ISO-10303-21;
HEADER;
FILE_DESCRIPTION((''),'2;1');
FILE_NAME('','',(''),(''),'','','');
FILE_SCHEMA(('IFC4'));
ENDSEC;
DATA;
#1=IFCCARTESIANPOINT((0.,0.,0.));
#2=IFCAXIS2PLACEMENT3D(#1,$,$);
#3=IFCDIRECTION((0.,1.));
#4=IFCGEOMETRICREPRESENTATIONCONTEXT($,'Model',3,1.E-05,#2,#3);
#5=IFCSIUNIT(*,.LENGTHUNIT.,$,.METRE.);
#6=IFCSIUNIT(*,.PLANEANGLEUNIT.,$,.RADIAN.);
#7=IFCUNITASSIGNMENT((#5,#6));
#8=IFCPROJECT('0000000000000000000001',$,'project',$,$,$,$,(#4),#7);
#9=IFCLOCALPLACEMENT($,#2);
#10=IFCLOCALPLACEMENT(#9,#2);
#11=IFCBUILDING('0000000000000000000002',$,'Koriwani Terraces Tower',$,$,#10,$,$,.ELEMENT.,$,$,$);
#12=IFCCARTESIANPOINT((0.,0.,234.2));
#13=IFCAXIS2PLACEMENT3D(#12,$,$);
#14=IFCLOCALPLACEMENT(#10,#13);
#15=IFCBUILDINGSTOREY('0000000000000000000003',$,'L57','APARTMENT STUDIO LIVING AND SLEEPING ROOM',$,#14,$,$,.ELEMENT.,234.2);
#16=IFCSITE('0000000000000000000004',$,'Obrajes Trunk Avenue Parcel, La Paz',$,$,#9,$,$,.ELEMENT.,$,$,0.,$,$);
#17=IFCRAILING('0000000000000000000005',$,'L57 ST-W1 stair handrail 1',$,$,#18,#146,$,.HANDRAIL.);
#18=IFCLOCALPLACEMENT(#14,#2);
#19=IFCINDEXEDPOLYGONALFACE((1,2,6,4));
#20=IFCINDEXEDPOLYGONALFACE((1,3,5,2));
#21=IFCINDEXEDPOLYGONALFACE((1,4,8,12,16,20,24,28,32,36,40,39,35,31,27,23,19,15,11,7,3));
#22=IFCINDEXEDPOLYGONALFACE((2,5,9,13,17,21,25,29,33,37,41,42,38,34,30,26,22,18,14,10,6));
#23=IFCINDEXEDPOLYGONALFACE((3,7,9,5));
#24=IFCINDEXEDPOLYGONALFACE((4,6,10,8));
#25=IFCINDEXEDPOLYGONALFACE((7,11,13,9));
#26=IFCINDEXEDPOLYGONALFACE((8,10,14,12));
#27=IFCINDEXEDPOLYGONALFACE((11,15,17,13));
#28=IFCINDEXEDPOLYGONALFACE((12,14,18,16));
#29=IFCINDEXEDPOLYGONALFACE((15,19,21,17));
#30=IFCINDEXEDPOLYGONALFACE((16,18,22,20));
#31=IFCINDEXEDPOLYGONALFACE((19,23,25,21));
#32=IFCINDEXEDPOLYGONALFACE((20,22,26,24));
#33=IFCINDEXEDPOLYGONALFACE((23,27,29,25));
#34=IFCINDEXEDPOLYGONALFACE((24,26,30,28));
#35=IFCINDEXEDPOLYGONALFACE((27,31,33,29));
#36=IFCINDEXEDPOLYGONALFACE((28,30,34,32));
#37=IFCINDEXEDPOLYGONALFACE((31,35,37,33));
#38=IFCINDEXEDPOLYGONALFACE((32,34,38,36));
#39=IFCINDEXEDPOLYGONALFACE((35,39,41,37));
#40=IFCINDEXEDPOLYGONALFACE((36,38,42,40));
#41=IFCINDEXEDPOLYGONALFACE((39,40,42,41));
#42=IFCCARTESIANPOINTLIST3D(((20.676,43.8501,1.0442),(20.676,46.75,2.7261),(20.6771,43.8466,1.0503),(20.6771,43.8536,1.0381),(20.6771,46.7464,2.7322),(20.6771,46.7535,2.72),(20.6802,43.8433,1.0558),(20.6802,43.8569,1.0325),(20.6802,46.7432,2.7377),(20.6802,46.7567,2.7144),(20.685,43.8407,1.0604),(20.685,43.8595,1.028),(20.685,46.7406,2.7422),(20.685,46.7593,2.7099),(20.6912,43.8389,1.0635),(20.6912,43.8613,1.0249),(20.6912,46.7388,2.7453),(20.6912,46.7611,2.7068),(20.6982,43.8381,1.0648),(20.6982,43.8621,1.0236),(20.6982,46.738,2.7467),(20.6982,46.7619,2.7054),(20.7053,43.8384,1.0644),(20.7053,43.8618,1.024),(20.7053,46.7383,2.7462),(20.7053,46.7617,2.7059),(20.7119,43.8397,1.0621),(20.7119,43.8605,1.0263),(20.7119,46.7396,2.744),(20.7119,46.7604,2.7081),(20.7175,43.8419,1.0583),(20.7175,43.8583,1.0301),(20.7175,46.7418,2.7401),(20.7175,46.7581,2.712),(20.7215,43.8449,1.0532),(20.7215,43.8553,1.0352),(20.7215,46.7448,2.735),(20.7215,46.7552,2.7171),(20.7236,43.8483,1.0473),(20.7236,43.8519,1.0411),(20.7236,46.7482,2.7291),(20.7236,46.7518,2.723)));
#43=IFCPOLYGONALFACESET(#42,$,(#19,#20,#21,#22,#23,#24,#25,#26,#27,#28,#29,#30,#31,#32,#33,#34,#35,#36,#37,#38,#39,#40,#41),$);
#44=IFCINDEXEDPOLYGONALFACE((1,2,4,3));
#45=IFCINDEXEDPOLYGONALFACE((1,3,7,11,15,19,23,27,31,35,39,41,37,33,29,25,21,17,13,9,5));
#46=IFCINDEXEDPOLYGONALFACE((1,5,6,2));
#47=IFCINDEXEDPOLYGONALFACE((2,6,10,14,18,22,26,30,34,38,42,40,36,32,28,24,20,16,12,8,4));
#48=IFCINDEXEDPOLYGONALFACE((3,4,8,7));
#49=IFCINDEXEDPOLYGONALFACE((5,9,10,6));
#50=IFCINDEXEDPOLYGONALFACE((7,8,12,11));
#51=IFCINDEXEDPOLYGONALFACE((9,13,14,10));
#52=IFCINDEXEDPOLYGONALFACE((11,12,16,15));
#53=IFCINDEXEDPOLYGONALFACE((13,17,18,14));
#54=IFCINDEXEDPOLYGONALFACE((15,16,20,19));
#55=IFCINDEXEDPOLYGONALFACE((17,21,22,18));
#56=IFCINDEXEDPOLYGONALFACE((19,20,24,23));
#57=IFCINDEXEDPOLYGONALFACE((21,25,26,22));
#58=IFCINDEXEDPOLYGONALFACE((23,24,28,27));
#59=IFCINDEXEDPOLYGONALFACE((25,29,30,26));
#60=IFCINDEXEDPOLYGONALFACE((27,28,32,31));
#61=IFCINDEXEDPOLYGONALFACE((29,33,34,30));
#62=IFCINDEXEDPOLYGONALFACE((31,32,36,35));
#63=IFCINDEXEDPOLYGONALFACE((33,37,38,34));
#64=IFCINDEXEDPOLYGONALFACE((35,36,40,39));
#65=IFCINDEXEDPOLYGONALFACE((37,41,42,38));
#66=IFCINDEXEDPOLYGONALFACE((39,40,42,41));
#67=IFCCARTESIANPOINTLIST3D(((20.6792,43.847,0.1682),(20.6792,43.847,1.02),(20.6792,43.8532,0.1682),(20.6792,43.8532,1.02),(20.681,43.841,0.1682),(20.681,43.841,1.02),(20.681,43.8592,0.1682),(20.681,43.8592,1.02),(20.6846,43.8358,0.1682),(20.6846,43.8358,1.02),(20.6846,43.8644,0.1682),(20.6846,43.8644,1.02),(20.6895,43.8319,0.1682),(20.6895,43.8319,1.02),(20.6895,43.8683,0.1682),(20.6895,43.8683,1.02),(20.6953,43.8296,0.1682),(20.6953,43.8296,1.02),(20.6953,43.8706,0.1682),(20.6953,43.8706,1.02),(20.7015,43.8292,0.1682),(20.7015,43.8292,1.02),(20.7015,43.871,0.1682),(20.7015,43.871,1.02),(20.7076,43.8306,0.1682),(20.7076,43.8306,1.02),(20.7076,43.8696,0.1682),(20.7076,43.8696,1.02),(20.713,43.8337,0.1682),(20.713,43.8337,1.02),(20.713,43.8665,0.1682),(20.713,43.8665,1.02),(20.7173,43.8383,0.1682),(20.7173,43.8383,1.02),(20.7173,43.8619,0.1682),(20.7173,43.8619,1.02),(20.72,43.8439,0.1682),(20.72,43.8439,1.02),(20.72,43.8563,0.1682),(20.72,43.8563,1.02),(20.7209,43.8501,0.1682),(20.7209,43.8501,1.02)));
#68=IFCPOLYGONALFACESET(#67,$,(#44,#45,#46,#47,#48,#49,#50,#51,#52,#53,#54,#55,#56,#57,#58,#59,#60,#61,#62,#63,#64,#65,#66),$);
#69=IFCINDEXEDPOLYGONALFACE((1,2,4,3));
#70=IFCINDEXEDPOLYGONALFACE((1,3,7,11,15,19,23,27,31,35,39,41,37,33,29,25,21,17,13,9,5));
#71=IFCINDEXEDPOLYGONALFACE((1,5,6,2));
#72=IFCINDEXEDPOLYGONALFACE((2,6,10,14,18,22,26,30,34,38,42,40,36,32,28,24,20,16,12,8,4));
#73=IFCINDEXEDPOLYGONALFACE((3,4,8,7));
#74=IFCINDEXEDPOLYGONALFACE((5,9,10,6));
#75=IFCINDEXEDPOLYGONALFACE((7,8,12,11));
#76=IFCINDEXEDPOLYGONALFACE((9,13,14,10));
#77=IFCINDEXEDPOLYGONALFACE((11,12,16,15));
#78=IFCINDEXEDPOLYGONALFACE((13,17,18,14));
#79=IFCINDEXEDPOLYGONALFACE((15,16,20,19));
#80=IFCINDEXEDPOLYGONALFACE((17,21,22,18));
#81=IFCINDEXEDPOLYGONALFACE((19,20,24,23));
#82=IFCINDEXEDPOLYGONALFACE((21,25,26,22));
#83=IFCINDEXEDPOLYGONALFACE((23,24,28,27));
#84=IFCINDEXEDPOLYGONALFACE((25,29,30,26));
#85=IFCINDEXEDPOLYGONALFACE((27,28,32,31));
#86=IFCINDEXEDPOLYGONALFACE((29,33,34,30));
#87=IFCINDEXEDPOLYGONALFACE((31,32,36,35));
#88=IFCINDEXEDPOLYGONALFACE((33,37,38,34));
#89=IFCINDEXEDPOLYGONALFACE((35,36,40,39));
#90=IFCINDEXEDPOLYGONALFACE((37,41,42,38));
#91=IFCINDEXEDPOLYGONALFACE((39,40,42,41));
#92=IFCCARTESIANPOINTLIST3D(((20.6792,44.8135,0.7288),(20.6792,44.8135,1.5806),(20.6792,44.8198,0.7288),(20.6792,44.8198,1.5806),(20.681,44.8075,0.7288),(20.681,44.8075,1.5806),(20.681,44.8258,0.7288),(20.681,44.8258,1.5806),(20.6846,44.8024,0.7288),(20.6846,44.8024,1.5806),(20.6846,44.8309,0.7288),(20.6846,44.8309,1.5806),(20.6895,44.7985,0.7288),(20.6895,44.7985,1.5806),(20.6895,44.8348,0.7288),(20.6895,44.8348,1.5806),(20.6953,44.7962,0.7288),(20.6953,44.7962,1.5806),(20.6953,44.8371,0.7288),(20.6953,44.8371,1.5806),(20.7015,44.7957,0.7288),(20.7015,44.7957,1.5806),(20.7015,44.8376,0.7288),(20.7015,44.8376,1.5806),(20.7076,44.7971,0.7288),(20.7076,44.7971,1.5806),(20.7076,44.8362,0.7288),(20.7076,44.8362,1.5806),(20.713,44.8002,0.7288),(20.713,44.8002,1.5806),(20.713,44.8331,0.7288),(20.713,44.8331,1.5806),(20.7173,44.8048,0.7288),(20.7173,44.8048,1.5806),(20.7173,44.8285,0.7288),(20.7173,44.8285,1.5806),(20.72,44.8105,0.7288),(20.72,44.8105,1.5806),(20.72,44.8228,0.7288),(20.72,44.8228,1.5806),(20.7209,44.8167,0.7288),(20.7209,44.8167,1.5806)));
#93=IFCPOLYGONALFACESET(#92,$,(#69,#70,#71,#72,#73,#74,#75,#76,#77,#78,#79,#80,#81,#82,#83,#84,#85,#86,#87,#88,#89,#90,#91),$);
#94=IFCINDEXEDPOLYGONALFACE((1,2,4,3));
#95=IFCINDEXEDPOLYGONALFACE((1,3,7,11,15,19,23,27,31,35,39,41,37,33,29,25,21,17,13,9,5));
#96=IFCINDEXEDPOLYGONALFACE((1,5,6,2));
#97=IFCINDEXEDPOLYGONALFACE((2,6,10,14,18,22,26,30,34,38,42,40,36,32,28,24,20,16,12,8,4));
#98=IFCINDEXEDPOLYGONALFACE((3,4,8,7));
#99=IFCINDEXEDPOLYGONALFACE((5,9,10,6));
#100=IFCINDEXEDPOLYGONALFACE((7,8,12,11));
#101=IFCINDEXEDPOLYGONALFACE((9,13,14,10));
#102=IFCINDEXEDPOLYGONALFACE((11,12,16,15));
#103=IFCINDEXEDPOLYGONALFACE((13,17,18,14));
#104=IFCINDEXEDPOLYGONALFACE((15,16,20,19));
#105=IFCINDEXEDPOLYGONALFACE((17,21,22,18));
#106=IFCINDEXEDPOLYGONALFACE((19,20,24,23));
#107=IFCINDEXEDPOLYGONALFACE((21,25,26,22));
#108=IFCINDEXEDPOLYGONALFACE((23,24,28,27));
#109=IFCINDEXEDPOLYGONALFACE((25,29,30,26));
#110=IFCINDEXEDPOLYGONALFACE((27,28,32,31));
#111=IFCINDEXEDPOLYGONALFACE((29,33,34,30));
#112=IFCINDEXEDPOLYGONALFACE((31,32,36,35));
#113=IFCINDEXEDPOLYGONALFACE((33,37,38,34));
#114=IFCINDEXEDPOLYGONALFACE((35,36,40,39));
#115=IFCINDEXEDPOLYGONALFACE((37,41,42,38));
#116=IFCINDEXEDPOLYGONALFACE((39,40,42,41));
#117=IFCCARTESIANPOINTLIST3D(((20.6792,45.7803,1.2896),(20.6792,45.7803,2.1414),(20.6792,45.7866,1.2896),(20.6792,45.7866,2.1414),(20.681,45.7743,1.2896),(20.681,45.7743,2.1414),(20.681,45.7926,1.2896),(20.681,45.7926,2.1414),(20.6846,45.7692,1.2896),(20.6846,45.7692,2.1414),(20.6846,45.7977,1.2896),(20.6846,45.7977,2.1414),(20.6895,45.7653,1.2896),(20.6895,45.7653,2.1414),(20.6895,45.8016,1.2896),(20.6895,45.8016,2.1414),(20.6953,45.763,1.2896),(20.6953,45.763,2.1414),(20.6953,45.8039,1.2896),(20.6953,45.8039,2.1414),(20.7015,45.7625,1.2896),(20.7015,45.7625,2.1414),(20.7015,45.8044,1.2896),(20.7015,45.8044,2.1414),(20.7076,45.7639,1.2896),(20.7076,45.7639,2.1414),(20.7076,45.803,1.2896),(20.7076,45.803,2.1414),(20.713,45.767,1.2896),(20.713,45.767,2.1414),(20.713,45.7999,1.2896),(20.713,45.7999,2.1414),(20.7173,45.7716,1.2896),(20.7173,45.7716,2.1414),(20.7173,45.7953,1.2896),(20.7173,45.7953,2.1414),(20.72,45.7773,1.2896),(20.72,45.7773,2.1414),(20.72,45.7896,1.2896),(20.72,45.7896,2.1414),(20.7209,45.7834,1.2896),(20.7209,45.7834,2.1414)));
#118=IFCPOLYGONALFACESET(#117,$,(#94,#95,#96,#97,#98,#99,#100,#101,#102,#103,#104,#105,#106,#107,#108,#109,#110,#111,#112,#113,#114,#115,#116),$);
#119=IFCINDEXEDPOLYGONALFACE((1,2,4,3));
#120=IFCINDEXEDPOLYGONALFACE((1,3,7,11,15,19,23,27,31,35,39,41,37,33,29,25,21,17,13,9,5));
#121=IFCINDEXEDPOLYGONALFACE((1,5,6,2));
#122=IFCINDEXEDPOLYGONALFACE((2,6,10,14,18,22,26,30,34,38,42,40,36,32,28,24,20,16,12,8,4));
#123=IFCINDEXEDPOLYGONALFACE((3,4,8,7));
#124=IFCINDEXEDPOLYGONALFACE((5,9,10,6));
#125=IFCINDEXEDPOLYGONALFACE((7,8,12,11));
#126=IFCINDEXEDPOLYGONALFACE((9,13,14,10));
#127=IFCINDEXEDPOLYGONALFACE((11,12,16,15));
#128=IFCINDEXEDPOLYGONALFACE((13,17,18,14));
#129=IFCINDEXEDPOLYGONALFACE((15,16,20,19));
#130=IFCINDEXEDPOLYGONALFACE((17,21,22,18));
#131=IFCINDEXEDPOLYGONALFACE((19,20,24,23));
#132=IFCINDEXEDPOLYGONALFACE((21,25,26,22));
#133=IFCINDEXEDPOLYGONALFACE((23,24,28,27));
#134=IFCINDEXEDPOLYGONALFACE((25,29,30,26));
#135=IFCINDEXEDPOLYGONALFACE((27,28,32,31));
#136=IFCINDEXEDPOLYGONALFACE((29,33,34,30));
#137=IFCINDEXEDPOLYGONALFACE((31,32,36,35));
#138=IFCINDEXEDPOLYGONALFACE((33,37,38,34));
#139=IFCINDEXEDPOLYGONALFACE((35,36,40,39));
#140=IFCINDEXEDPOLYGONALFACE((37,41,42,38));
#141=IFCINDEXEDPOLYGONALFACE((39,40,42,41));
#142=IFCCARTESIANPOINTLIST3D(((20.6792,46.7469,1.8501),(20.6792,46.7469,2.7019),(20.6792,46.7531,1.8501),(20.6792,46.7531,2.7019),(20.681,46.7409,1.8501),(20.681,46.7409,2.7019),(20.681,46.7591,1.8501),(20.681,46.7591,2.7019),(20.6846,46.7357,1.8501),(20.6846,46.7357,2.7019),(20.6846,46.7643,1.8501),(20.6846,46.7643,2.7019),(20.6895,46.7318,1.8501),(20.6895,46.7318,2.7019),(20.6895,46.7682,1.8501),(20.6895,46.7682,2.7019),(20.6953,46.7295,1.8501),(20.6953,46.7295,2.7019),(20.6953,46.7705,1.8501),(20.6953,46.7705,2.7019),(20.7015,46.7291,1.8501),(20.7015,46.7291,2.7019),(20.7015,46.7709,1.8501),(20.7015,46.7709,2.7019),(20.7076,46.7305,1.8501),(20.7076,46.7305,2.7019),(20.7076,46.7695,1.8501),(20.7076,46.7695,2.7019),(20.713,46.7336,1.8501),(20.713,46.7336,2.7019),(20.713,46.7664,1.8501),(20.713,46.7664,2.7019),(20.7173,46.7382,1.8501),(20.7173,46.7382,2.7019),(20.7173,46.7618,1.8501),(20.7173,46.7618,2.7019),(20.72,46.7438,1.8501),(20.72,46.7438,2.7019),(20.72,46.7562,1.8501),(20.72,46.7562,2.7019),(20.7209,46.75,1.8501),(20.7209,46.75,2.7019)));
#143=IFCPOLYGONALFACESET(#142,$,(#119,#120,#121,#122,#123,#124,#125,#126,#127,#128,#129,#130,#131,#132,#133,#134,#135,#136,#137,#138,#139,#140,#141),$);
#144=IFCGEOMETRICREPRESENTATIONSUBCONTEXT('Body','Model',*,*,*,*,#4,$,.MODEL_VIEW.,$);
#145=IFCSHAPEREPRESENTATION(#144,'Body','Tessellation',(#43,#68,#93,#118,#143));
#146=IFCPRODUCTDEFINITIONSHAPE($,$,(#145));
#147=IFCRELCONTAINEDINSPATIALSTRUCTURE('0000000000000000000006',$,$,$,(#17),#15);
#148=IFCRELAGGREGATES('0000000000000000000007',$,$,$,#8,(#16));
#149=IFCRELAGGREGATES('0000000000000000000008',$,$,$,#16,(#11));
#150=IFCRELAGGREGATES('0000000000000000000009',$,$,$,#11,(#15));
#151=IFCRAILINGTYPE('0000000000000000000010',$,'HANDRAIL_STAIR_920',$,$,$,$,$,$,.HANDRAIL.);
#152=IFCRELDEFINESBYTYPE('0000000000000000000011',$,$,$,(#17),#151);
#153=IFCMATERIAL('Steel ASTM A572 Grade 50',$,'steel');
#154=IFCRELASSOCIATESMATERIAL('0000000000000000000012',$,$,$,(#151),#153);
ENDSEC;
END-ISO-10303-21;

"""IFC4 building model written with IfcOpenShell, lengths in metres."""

from ifc_helpers import new_model, si_unit, direction, frame, origin, origin_2d, place, context, subcontext, project, spatial, circle, extrude, material, type_object, element, save


model = new_model("IFC4")

# Units and contexts
model_context = context("Model", 3, precision=1e-05, world=origin(), true_north=direction((0.0, 1.0)))
body_context = subcontext(model_context, "Body", "Model", "MODEL_VIEW")
ifc_project = project(units=[si_unit("LENGTHUNIT", "METRE"), si_unit("PLANEANGLEUNIT", "RADIAN")], contexts=[model_context])

# Site, building, storey
site_placement = place(None, origin())
site = spatial("IfcSite", under=ifc_project, at=site_placement, Name="Obrajes Trunk Avenue Parcel, La Paz", CompositionType="ELEMENT", RefElevation=0.0)
building_placement = place(site_placement, origin())
building = spatial("IfcBuilding", under=site, at=building_placement, Name="Koriwani Terraces Tower", CompositionType="ELEMENT")
storey_placement = place(building_placement, frame((0.0, 0.0, 234.2)))
storey = spatial("IfcBuildingStorey", under=building, at=storey_placement, Name="L57", Description="APARTMENT STUDIO LIVING AND SLEEPING ROOM", CompositionType="ELEMENT", Elevation=234.2)

# Shared definitions
ifc_material_1 = material(Name="Steel ASTM A572 Grade 50", Category="steel")

# Railing
railing_type_1 = type_object("IfcRailingType", Name="HANDRAIL_STAIR_920", PredefinedType="HANDRAIL", material=ifc_material_1)
railing_1_placement = place(storey_placement, frame((20.7, 43.8501, 0.1682)))
element("IfcRailing", 1, at=railing_1_placement, inside=storey, type_object=railing_type_1, Name="L57 ST-W1 stair handrail 1", PredefinedType="HANDRAIL", context=body_context, shape_type="SweptSolid", body=[
    extrude(circle(Radius=0.0239, at=origin_2d()), frame((0.0, 0.0, 0.876), z_axis=(0.0, 0.865039, 0.501705), x_axis=(-1.0, 0.0, 0.0)), (0.0, 0.0, 1.0), 3.3523),
    extrude(circle(Radius=0.021, at=origin_2d()), origin(), (0.0, 0.0, 1.0), 0.8518),
    extrude(circle(Radius=0.021, at=origin_2d()), frame((0.0, 0.9666, 0.5605)), (0.0, 0.0, 1.0), 0.8518),
    extrude(circle(Radius=0.021, at=origin_2d()), frame((0.0, 1.9333, 1.1213)), (0.0, 0.0, 1.0), 0.8518),
    extrude(circle(Radius=0.021, at=origin_2d()), frame((0.0, 2.8999, 1.6819)), (0.0, 0.0, 1.0), 0.8518),
])

save(model, "model.ifc")
